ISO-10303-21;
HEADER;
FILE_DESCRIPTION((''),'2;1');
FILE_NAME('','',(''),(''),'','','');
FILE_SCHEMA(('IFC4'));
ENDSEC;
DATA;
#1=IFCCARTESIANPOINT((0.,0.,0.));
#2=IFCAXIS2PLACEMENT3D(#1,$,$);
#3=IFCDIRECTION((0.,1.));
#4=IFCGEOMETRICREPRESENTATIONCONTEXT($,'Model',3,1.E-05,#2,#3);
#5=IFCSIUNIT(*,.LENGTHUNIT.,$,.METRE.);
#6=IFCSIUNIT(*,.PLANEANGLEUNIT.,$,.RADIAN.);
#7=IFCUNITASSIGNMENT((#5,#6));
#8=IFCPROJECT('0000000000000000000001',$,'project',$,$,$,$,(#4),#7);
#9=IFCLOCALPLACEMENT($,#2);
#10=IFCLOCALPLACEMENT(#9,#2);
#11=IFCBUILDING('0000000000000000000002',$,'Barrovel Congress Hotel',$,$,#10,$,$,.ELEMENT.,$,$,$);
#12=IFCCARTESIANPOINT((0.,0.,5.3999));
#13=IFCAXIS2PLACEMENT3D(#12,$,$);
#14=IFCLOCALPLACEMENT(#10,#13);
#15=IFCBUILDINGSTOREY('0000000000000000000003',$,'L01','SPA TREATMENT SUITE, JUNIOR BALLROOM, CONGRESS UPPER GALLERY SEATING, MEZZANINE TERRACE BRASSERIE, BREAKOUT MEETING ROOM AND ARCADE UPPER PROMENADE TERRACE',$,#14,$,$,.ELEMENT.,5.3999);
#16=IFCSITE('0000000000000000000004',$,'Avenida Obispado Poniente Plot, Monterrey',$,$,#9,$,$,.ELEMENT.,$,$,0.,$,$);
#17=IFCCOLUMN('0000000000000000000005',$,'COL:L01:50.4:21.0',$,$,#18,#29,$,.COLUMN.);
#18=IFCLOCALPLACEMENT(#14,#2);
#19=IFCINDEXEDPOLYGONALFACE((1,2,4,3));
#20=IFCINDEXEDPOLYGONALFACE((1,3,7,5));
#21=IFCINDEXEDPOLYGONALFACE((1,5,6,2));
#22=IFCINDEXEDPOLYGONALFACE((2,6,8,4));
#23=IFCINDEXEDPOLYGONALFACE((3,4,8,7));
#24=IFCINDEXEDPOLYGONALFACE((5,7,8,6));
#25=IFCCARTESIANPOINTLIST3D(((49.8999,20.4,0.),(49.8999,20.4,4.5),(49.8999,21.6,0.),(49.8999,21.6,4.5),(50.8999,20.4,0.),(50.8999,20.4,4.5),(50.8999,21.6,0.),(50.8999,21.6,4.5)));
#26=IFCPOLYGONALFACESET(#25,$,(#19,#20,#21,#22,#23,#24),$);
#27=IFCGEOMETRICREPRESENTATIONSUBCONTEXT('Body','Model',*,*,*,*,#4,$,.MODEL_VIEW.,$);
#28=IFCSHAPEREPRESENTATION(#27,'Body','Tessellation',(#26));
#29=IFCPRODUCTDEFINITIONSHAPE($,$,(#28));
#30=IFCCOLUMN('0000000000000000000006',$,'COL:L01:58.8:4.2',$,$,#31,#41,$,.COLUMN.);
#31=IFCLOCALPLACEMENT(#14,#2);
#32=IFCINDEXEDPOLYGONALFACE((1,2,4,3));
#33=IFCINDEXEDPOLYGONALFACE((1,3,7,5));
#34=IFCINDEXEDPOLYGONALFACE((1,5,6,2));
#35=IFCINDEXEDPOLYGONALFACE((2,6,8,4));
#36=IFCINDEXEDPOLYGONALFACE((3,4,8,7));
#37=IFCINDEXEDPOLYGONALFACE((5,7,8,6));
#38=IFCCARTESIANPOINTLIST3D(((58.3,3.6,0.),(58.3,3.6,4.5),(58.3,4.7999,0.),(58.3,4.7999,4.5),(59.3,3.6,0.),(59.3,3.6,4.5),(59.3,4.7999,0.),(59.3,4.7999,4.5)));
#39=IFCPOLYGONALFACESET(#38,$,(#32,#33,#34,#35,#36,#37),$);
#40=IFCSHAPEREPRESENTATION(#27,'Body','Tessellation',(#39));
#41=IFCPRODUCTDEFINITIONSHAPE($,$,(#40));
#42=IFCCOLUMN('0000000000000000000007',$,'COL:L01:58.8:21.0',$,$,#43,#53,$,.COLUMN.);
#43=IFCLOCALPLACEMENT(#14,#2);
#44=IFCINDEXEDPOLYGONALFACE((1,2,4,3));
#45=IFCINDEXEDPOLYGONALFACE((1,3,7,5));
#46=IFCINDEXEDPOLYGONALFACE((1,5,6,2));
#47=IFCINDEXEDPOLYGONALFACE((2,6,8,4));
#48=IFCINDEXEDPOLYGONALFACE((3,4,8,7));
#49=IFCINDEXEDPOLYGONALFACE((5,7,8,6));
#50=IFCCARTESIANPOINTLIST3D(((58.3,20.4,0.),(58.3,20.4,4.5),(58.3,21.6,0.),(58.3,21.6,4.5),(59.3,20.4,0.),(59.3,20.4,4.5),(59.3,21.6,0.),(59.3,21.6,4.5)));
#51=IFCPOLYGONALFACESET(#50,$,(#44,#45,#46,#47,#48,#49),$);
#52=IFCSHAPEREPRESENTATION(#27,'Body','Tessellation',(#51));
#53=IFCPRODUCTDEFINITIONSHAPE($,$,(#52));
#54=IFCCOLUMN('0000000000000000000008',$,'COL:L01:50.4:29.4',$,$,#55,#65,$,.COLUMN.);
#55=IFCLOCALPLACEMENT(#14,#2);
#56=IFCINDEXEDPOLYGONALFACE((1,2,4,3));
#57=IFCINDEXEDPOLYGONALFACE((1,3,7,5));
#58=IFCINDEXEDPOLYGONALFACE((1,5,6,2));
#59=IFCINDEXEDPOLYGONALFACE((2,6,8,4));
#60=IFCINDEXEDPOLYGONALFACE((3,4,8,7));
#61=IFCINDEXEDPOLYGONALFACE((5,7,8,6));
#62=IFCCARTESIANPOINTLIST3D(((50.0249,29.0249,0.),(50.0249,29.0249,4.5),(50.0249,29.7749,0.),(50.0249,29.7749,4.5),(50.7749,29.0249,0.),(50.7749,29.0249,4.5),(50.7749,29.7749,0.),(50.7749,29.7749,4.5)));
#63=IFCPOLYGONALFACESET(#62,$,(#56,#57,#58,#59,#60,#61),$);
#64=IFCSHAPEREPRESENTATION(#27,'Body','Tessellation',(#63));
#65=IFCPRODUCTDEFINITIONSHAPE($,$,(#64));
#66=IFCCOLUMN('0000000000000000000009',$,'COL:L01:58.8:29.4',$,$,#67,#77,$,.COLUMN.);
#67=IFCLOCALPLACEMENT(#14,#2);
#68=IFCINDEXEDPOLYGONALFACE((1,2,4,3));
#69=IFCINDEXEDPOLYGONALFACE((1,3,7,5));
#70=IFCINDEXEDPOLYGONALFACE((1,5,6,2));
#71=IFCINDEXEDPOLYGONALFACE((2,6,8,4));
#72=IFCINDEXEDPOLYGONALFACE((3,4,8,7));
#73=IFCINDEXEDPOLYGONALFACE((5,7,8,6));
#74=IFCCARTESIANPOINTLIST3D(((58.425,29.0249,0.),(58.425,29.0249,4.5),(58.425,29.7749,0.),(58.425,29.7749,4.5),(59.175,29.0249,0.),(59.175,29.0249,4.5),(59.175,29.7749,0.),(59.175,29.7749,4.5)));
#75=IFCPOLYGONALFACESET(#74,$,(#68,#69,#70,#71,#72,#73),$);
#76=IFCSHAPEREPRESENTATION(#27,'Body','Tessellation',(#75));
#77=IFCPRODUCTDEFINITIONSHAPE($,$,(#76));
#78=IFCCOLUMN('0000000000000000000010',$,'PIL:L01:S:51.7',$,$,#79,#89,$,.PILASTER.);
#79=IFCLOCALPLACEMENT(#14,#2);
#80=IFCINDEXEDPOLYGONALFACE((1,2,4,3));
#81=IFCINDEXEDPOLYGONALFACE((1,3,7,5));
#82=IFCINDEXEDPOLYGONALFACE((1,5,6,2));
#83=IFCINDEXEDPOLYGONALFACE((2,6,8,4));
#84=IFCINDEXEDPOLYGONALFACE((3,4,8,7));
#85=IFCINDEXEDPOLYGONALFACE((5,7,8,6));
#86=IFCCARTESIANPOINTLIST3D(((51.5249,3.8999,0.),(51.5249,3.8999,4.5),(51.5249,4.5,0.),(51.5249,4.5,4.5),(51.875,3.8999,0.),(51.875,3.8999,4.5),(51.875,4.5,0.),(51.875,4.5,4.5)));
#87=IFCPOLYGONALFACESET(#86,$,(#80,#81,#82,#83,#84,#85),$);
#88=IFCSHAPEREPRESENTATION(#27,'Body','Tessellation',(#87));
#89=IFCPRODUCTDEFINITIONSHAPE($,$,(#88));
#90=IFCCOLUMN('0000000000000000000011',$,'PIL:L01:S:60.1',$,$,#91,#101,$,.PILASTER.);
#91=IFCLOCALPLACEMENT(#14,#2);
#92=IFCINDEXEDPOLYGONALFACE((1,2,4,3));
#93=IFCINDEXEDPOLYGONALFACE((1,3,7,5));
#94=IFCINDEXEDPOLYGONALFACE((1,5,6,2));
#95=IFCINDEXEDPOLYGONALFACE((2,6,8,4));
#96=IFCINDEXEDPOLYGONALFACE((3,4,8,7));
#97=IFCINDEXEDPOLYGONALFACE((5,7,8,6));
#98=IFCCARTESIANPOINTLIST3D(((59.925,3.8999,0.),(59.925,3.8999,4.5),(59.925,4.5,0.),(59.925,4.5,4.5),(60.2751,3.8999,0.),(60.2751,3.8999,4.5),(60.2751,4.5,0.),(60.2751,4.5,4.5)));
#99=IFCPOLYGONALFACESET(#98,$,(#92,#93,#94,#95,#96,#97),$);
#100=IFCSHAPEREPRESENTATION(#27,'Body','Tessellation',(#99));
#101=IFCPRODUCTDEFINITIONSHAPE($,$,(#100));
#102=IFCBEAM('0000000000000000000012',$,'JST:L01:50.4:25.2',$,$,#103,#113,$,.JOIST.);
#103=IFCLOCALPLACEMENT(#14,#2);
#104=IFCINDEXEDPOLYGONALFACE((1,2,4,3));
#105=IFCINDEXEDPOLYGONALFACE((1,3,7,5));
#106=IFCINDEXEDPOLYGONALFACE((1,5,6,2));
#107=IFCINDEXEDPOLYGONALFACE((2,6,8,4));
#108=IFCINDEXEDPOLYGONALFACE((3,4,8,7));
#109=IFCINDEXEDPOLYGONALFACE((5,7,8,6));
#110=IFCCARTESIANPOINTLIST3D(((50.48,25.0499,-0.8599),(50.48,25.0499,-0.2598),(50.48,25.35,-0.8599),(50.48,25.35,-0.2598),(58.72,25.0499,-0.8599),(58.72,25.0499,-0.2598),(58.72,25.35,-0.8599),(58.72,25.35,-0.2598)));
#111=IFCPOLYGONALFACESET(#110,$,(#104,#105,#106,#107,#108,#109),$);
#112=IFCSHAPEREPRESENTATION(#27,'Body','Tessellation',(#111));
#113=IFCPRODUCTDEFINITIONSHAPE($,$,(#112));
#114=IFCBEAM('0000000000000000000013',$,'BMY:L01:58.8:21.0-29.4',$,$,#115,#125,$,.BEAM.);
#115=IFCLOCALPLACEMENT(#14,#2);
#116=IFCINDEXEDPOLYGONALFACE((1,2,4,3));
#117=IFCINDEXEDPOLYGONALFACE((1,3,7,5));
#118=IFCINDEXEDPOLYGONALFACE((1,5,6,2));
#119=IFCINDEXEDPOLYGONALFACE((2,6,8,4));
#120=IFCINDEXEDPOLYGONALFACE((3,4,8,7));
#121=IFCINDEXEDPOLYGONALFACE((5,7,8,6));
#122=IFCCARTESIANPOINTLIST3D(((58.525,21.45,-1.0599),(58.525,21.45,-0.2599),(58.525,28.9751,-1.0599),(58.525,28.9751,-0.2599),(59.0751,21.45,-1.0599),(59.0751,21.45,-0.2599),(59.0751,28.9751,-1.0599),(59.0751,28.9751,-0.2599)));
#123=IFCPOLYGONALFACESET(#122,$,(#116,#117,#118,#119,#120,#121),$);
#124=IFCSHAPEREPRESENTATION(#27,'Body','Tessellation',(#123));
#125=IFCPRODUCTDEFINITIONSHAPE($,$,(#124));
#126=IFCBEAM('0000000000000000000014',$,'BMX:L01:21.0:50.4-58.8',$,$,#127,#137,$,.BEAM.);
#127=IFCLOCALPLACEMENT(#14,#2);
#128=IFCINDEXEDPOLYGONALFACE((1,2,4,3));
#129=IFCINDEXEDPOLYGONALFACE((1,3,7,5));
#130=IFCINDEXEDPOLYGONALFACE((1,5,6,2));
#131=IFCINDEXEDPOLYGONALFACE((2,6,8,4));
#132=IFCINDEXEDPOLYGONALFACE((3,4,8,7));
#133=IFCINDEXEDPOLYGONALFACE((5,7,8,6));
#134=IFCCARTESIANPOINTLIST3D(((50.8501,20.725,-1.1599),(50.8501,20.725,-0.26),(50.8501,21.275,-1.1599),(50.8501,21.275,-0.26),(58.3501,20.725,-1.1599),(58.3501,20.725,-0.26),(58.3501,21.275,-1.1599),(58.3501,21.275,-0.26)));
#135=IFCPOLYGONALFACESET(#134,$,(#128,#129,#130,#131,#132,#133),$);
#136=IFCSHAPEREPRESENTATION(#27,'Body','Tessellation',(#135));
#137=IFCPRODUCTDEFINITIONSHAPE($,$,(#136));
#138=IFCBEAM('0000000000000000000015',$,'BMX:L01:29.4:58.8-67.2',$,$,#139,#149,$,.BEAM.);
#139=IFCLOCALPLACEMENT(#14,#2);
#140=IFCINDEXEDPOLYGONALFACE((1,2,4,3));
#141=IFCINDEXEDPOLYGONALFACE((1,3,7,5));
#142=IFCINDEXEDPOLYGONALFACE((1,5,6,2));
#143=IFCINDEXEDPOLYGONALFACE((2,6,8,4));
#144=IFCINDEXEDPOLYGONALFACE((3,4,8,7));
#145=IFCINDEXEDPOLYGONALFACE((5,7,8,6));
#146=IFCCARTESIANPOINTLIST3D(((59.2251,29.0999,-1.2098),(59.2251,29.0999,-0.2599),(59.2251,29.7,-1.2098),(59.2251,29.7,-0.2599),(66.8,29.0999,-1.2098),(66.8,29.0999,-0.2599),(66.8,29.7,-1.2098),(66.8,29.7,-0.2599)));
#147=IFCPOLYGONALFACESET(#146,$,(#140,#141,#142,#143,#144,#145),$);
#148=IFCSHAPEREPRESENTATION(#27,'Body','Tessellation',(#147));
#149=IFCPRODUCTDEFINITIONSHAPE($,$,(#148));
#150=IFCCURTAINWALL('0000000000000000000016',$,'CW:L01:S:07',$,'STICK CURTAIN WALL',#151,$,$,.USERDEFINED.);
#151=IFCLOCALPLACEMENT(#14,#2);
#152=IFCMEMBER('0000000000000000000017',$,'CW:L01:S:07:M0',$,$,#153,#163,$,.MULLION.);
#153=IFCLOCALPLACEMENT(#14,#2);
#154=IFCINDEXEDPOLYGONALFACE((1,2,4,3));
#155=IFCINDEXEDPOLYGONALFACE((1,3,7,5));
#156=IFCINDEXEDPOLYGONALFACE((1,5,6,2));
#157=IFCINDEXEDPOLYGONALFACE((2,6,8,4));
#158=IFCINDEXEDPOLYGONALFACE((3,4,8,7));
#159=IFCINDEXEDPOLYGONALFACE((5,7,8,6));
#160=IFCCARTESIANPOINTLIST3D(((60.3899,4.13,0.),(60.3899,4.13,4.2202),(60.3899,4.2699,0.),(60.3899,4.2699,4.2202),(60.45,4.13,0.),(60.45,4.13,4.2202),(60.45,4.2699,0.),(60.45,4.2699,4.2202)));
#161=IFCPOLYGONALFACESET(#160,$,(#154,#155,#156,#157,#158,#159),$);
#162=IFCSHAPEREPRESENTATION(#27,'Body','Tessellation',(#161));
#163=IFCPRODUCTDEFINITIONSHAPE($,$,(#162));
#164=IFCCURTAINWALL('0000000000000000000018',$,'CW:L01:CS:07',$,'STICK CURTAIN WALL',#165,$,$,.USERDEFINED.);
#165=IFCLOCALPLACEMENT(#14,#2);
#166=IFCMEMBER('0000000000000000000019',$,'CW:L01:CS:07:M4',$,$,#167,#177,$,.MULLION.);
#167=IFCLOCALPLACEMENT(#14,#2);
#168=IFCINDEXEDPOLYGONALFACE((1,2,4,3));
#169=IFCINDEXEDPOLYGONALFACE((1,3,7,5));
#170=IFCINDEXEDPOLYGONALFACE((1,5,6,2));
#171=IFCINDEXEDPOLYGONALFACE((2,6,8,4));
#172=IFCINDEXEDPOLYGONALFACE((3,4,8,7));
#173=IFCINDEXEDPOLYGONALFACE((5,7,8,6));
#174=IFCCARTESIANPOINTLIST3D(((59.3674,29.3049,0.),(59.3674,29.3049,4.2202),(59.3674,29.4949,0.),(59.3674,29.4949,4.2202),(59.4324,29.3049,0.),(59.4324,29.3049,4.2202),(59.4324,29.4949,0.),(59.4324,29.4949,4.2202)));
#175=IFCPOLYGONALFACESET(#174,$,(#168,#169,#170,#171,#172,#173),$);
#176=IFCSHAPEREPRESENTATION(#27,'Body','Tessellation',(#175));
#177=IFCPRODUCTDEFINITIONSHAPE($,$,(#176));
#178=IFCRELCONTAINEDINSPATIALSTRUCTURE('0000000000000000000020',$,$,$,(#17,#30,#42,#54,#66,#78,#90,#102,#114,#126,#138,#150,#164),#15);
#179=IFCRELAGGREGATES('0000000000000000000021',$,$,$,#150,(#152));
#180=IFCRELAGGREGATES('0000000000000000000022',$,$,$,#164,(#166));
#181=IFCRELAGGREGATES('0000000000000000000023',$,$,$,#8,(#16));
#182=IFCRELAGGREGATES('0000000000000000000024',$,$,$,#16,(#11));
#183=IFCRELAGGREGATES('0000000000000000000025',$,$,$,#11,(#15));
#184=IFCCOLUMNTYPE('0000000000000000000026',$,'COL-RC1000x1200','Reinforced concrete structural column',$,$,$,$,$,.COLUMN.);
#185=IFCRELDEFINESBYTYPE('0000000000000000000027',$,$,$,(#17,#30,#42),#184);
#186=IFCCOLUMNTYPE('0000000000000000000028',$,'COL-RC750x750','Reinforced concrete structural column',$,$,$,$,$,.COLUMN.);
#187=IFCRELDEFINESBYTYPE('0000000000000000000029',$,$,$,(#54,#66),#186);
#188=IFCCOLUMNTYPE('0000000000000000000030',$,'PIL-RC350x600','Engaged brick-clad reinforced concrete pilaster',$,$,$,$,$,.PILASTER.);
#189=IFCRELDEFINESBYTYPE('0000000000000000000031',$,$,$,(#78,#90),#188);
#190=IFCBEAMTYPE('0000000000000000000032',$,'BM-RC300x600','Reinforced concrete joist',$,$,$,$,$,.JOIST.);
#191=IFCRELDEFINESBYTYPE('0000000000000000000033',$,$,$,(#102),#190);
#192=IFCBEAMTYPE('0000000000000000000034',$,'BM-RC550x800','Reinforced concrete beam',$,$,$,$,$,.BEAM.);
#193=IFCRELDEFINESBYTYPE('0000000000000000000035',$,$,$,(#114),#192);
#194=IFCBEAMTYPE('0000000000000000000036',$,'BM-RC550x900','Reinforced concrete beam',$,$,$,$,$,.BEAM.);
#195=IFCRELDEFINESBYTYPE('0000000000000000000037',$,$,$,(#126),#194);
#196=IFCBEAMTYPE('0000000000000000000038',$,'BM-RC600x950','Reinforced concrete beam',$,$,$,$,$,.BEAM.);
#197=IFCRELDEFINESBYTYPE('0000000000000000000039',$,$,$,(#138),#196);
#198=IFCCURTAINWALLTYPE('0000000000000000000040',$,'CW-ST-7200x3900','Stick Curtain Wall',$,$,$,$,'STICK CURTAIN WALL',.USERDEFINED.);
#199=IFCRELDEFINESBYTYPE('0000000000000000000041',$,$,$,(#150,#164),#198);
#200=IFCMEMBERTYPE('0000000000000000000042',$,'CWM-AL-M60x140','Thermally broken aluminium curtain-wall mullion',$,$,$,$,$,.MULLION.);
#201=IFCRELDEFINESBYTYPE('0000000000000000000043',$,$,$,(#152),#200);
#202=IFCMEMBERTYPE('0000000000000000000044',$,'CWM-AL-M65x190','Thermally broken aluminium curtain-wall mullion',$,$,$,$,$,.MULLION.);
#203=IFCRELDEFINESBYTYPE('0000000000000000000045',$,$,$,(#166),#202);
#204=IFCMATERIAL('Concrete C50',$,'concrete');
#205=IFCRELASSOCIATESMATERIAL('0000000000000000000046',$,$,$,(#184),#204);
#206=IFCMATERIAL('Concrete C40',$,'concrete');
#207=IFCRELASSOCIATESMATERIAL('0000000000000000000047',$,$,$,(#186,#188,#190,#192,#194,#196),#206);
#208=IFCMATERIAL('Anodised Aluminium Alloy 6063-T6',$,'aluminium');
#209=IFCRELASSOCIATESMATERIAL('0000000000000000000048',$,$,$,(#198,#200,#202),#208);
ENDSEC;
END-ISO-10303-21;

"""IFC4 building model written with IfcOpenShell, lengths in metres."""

from ifc_helpers import new_model, si_unit, direction, frame, origin, origin_2d, place, context, subcontext, project, spatial, rectangle, extrude, material, material_profile, profile_set, type_object, element, aggregate, save


model = new_model("IFC4")

# Units and contexts
model_context = context("Model", 3, precision=1e-05, world=origin(), true_north=direction((0.0, 1.0)))
body_context = subcontext(model_context, "Body", "Model", "MODEL_VIEW")
ifc_project = project(units=[si_unit("LENGTHUNIT", "METRE"), si_unit("PLANEANGLEUNIT", "RADIAN")], contexts=[model_context])

# Site, building, storey
site_placement = place(None, origin())
site = spatial("IfcSite", under=ifc_project, at=site_placement, Name="Avenida Obispado Poniente Plot, Monterrey", CompositionType="ELEMENT", RefElevation=0.0)
building_placement = place(site_placement, origin())
building = spatial("IfcBuilding", under=site, at=building_placement, Name="Barrovel Congress Hotel", CompositionType="ELEMENT")
storey_placement = place(building_placement, frame((0.0, 0.0, 5.3999)))
storey = spatial("IfcBuildingStorey", under=building, at=storey_placement, Name="L01", Description="SPA TREATMENT SUITE, JUNIOR BALLROOM, CONGRESS UPPER GALLERY SEATING, MEZZANINE TERRACE BRASSERIE, BREAKOUT MEETING ROOM AND ARCADE UPPER PROMENADE TERRACE", CompositionType="ELEMENT", Elevation=5.3999)

# Columns
ifc_material_1 = material(Name="Concrete C50", Category="concrete")
ifc_material_profile_1 = material_profile(ifc_material_1, rectangle(XDim=1.0, YDim=1.2, at=origin_2d()), Name="RC1000x1200")
ifc_profile_set_1 = profile_set([ifc_material_profile_1], Name="Concrete C50")
column_type_1 = type_object("IfcColumnType", Name="COL-RC1000x1200", Description="Reinforced concrete structural column", PredefinedType="COLUMN", material=ifc_profile_set_1)
for number, where, z_axis, x_axis, name in (
    (1, (50.3999, 21.0, 0.0), (0.0, 0.0, 1.0), (1.0, 0.0, 0.0), "COL:L01:50.4:21.0"),
    (2, (58.8, 4.2, 0.0), (0.0, 0.0, 1.0), (1.0, 0.0, 0.0), "COL:L01:58.8:4.2"),
    (3, (58.8, 21.0, 0.0), (0.0, 0.0, 1.0), (1.0, 0.0, 0.0), "COL:L01:58.8:21.0"),
):
    element("IfcColumn", number, at=place(storey_placement, frame(where, z_axis=z_axis, x_axis=x_axis)), inside=storey, type_object=column_type_1, Name=name, PredefinedType="COLUMN", context=body_context, shape_type="SweptSolid", body=[
        extrude(rectangle(XDim=1.0, YDim=1.2, at=origin_2d()), origin(), (0.0, 0.0, 1.0), 4.5),
    ])
ifc_material_2 = material(Name="Concrete C40", Category="concrete")
ifc_material_profile_2 = material_profile(ifc_material_2, rectangle(XDim=0.75, YDim=0.75, at=origin_2d()), Name="RC750x750")
ifc_profile_set_2 = profile_set([ifc_material_profile_2], Name="Concrete C40")
column_type_2 = type_object("IfcColumnType", Name="COL-RC750x750", Description="Reinforced concrete structural column", PredefinedType="COLUMN", material=ifc_profile_set_2)
for number, where, z_axis, x_axis, name in (
    (4, (50.3999, 29.3999, 0.0), (0.0, 0.0, 1.0), (1.0, 0.0, 0.0), "COL:L01:50.4:29.4"),
    (5, (58.8, 29.3999, 0.0), (0.0, 0.0, 1.0), (1.0, 0.0, 0.0), "COL:L01:58.8:29.4"),
):
    element("IfcColumn", number, at=place(storey_placement, frame(where, z_axis=z_axis, x_axis=x_axis)), inside=storey, type_object=column_type_2, Name=name, PredefinedType="COLUMN", context=body_context, shape_type="SweptSolid", body=[
        extrude(rectangle(XDim=0.75, YDim=0.75, at=origin_2d()), origin(), (0.0, 0.0, 1.0), 4.5),
    ])
ifc_material_profile_3 = material_profile(ifc_material_2, rectangle(XDim=0.3501, YDim=0.6001, at=origin_2d()), Name="RC350x600")
ifc_profile_set_3 = profile_set([ifc_material_profile_3], Name="Concrete C40")
column_type_3 = type_object("IfcColumnType", Name="PIL-RC350x600", Description="Engaged brick-clad reinforced concrete pilaster", PredefinedType="PILASTER", material=ifc_profile_set_3)
for number, where, z_axis, x_axis, name in (
    (6, (51.7, 4.2, 0.0), (0.0, 0.0, 1.0), (1.0, 0.0, 0.0), "PIL:L01:S:51.7"),
    (7, (60.1001, 4.2, 0.0), (0.0, 0.0, 1.0), (1.0, 0.0, 0.0), "PIL:L01:S:60.1"),
):
    element("IfcColumn", number, at=place(storey_placement, frame(where, z_axis=z_axis, x_axis=x_axis)), inside=storey, type_object=column_type_3, Name=name, PredefinedType="PILASTER", context=body_context, shape_type="SweptSolid", body=[
        extrude(rectangle(XDim=0.3501, YDim=0.6001, at=origin_2d()), origin(), (0.0, 0.0, 1.0), 4.5),
    ])

# Beams
ifc_material_profile_4 = material_profile(ifc_material_2, rectangle(XDim=0.3, YDim=0.6001, at=origin_2d()), Name="RC300x600")
ifc_profile_set_4 = profile_set([ifc_material_profile_4], Name="Concrete C40")
beam_type_1 = type_object("IfcBeamType", Name="BM-RC300x600", Description="Reinforced concrete joist", PredefinedType="JOIST", material=ifc_profile_set_4)
beam_1_placement = place(storey_placement, frame((50.48, 25.2, -0.5598), z_axis=(1.0, 0.0, 0.0), x_axis=(0.0, 1.0, 0.0)))
element("IfcBeam", 8, at=beam_1_placement, inside=storey, type_object=beam_type_1, Name="JST:L01:50.4:25.2", PredefinedType="JOIST", context=body_context, shape_type="SweptSolid", body=[
    extrude(rectangle(XDim=0.3, YDim=0.6001, at=origin_2d()), origin(), (0.0, 0.0, 1.0), 8.24),
])
ifc_material_profile_5 = material_profile(ifc_material_2, rectangle(XDim=0.55, YDim=0.8, at=origin_2d()), Name="RC550x800")
ifc_profile_set_5 = profile_set([ifc_material_profile_5], Name="Concrete C40")
beam_type_2 = type_object("IfcBeamType", Name="BM-RC550x800", Description="Reinforced concrete beam", PredefinedType="BEAM", material=ifc_profile_set_5)
beam_2_placement = place(storey_placement, frame((58.8, 21.45, -0.6599), z_axis=(0.0, 1.0, 0.0), x_axis=(-1.0, 0.0, 0.0)))
element("IfcBeam", 9, at=beam_2_placement, inside=storey, type_object=beam_type_2, Name="BMY:L01:58.8:21.0-29.4", PredefinedType="BEAM", context=body_context, shape_type="SweptSolid", body=[
    extrude(rectangle(XDim=0.55, YDim=0.8, at=origin_2d()), origin(), (0.0, 0.0, 1.0), 7.5251),
])
ifc_material_profile_6 = material_profile(ifc_material_2, rectangle(XDim=0.55, YDim=0.8999, at=origin_2d()), Name="RC550x900")
ifc_profile_set_6 = profile_set([ifc_material_profile_6], Name="Concrete C40")
beam_type_3 = type_object("IfcBeamType", Name="BM-RC550x900", Description="Reinforced concrete beam", PredefinedType="BEAM", material=ifc_profile_set_6)
beam_3_placement = place(storey_placement, frame((50.8501, 21.0, -0.71), z_axis=(1.0, 0.0, 0.0), x_axis=(0.0, 1.0, 0.0)))
element("IfcBeam", 10, at=beam_3_placement, inside=storey, type_object=beam_type_3, Name="BMX:L01:21.0:50.4-58.8", PredefinedType="BEAM", context=body_context, shape_type="SweptSolid", body=[
    extrude(rectangle(XDim=0.55, YDim=0.8999, at=origin_2d()), origin(), (0.0, 0.0, 1.0), 7.5),
])
ifc_material_profile_7 = material_profile(ifc_material_2, rectangle(XDim=0.6001, YDim=0.95, at=origin_2d()), Name="RC600x950")
ifc_profile_set_7 = profile_set([ifc_material_profile_7], Name="Concrete C40")
beam_type_4 = type_object("IfcBeamType", Name="BM-RC600x950", Description="Reinforced concrete beam", PredefinedType="BEAM", material=ifc_profile_set_7)
beam_4_placement = place(storey_placement, frame((59.2251, 29.3999, -0.7349), z_axis=(1.0, 0.0, 0.0), x_axis=(0.0, 1.0, 0.0)))
element("IfcBeam", 11, at=beam_4_placement, inside=storey, type_object=beam_type_4, Name="BMX:L01:29.4:58.8-67.2", PredefinedType="BEAM", context=body_context, shape_type="SweptSolid", body=[
    extrude(rectangle(XDim=0.6001, YDim=0.95, at=origin_2d()), origin(), (0.0, 0.0, 1.0), 7.575),
])

# Curtain walls, members
ifc_material_3 = material(Name="Anodised Aluminium Alloy 6063-T6", Category="aluminium")
curtain_wall_type = type_object("IfcCurtainWallType", Name="CW-ST-7200x3900", Description="Stick Curtain Wall", ElementType="STICK CURTAIN WALL", PredefinedType="USERDEFINED", material=ifc_material_3)
curtain_wall_1_placement = place(storey_placement, origin())
curtain_wall_1 = element("IfcCurtainWall", 12, at=curtain_wall_1_placement, inside=storey, type_object=curtain_wall_type, Name="CW:L01:S:07", ObjectType="STICK CURTAIN WALL", PredefinedType="USERDEFINED")
ifc_material_profile_8 = material_profile(ifc_material_3, rectangle(XDim=0.0601, YDim=0.1399, at=origin_2d()), Name="AL-M60x140")
ifc_profile_set_8 = profile_set([ifc_material_profile_8], Name="Anodised Aluminium Alloy 6063-T6")
member_type_1 = type_object("IfcMemberType", Name="CWM-AL-M60x140", Description="Thermally broken aluminium curtain-wall mullion", PredefinedType="MULLION", material=ifc_profile_set_8)
member_1_placement = place(storey_placement, frame((60.4199, 4.2, 0.0), z_axis=(0.0, 0.0, 1.0), x_axis=(1.0, 0.0, 0.0)))
member_1 = element("IfcMember", 13, at=member_1_placement, type_object=member_type_1, Name="CW:L01:S:07:M0", PredefinedType="MULLION", context=body_context, shape_type="SweptSolid", body=[
    extrude(rectangle(XDim=0.0601, YDim=0.1399, at=origin_2d()), origin(), (0.0, 0.0, 1.0), 4.2202),
])
aggregate(curtain_wall_1, [member_1])
curtain_wall_2_placement = place(storey_placement, origin())
curtain_wall_2 = element("IfcCurtainWall", 14, at=curtain_wall_2_placement, inside=storey, type_object=curtain_wall_type, Name="CW:L01:CS:07", ObjectType="STICK CURTAIN WALL", PredefinedType="USERDEFINED")
ifc_material_profile_9 = material_profile(ifc_material_3, rectangle(XDim=0.0649, YDim=0.1899, at=origin_2d()), Name="AL-M65x190")
ifc_profile_set_9 = profile_set([ifc_material_profile_9], Name="Anodised Aluminium Alloy 6063-T6")
member_type_2 = type_object("IfcMemberType", Name="CWM-AL-M65x190", Description="Thermally broken aluminium curtain-wall mullion", PredefinedType="MULLION", material=ifc_profile_set_9)
member_2_placement = place(storey_placement, frame((59.3999, 29.3999, 0.0), z_axis=(0.0, 0.0, 1.0), x_axis=(1.0, 0.0, 0.0)))
member_2 = element("IfcMember", 15, at=member_2_placement, type_object=member_type_2, Name="CW:L01:CS:07:M4", PredefinedType="MULLION", context=body_context, shape_type="SweptSolid", body=[
    extrude(rectangle(XDim=0.0649, YDim=0.1899, at=origin_2d()), origin(), (0.0, 0.0, 1.0), 4.2202),
])

aggregate(curtain_wall_2, [member_2])

save(model, "model.ifc")
